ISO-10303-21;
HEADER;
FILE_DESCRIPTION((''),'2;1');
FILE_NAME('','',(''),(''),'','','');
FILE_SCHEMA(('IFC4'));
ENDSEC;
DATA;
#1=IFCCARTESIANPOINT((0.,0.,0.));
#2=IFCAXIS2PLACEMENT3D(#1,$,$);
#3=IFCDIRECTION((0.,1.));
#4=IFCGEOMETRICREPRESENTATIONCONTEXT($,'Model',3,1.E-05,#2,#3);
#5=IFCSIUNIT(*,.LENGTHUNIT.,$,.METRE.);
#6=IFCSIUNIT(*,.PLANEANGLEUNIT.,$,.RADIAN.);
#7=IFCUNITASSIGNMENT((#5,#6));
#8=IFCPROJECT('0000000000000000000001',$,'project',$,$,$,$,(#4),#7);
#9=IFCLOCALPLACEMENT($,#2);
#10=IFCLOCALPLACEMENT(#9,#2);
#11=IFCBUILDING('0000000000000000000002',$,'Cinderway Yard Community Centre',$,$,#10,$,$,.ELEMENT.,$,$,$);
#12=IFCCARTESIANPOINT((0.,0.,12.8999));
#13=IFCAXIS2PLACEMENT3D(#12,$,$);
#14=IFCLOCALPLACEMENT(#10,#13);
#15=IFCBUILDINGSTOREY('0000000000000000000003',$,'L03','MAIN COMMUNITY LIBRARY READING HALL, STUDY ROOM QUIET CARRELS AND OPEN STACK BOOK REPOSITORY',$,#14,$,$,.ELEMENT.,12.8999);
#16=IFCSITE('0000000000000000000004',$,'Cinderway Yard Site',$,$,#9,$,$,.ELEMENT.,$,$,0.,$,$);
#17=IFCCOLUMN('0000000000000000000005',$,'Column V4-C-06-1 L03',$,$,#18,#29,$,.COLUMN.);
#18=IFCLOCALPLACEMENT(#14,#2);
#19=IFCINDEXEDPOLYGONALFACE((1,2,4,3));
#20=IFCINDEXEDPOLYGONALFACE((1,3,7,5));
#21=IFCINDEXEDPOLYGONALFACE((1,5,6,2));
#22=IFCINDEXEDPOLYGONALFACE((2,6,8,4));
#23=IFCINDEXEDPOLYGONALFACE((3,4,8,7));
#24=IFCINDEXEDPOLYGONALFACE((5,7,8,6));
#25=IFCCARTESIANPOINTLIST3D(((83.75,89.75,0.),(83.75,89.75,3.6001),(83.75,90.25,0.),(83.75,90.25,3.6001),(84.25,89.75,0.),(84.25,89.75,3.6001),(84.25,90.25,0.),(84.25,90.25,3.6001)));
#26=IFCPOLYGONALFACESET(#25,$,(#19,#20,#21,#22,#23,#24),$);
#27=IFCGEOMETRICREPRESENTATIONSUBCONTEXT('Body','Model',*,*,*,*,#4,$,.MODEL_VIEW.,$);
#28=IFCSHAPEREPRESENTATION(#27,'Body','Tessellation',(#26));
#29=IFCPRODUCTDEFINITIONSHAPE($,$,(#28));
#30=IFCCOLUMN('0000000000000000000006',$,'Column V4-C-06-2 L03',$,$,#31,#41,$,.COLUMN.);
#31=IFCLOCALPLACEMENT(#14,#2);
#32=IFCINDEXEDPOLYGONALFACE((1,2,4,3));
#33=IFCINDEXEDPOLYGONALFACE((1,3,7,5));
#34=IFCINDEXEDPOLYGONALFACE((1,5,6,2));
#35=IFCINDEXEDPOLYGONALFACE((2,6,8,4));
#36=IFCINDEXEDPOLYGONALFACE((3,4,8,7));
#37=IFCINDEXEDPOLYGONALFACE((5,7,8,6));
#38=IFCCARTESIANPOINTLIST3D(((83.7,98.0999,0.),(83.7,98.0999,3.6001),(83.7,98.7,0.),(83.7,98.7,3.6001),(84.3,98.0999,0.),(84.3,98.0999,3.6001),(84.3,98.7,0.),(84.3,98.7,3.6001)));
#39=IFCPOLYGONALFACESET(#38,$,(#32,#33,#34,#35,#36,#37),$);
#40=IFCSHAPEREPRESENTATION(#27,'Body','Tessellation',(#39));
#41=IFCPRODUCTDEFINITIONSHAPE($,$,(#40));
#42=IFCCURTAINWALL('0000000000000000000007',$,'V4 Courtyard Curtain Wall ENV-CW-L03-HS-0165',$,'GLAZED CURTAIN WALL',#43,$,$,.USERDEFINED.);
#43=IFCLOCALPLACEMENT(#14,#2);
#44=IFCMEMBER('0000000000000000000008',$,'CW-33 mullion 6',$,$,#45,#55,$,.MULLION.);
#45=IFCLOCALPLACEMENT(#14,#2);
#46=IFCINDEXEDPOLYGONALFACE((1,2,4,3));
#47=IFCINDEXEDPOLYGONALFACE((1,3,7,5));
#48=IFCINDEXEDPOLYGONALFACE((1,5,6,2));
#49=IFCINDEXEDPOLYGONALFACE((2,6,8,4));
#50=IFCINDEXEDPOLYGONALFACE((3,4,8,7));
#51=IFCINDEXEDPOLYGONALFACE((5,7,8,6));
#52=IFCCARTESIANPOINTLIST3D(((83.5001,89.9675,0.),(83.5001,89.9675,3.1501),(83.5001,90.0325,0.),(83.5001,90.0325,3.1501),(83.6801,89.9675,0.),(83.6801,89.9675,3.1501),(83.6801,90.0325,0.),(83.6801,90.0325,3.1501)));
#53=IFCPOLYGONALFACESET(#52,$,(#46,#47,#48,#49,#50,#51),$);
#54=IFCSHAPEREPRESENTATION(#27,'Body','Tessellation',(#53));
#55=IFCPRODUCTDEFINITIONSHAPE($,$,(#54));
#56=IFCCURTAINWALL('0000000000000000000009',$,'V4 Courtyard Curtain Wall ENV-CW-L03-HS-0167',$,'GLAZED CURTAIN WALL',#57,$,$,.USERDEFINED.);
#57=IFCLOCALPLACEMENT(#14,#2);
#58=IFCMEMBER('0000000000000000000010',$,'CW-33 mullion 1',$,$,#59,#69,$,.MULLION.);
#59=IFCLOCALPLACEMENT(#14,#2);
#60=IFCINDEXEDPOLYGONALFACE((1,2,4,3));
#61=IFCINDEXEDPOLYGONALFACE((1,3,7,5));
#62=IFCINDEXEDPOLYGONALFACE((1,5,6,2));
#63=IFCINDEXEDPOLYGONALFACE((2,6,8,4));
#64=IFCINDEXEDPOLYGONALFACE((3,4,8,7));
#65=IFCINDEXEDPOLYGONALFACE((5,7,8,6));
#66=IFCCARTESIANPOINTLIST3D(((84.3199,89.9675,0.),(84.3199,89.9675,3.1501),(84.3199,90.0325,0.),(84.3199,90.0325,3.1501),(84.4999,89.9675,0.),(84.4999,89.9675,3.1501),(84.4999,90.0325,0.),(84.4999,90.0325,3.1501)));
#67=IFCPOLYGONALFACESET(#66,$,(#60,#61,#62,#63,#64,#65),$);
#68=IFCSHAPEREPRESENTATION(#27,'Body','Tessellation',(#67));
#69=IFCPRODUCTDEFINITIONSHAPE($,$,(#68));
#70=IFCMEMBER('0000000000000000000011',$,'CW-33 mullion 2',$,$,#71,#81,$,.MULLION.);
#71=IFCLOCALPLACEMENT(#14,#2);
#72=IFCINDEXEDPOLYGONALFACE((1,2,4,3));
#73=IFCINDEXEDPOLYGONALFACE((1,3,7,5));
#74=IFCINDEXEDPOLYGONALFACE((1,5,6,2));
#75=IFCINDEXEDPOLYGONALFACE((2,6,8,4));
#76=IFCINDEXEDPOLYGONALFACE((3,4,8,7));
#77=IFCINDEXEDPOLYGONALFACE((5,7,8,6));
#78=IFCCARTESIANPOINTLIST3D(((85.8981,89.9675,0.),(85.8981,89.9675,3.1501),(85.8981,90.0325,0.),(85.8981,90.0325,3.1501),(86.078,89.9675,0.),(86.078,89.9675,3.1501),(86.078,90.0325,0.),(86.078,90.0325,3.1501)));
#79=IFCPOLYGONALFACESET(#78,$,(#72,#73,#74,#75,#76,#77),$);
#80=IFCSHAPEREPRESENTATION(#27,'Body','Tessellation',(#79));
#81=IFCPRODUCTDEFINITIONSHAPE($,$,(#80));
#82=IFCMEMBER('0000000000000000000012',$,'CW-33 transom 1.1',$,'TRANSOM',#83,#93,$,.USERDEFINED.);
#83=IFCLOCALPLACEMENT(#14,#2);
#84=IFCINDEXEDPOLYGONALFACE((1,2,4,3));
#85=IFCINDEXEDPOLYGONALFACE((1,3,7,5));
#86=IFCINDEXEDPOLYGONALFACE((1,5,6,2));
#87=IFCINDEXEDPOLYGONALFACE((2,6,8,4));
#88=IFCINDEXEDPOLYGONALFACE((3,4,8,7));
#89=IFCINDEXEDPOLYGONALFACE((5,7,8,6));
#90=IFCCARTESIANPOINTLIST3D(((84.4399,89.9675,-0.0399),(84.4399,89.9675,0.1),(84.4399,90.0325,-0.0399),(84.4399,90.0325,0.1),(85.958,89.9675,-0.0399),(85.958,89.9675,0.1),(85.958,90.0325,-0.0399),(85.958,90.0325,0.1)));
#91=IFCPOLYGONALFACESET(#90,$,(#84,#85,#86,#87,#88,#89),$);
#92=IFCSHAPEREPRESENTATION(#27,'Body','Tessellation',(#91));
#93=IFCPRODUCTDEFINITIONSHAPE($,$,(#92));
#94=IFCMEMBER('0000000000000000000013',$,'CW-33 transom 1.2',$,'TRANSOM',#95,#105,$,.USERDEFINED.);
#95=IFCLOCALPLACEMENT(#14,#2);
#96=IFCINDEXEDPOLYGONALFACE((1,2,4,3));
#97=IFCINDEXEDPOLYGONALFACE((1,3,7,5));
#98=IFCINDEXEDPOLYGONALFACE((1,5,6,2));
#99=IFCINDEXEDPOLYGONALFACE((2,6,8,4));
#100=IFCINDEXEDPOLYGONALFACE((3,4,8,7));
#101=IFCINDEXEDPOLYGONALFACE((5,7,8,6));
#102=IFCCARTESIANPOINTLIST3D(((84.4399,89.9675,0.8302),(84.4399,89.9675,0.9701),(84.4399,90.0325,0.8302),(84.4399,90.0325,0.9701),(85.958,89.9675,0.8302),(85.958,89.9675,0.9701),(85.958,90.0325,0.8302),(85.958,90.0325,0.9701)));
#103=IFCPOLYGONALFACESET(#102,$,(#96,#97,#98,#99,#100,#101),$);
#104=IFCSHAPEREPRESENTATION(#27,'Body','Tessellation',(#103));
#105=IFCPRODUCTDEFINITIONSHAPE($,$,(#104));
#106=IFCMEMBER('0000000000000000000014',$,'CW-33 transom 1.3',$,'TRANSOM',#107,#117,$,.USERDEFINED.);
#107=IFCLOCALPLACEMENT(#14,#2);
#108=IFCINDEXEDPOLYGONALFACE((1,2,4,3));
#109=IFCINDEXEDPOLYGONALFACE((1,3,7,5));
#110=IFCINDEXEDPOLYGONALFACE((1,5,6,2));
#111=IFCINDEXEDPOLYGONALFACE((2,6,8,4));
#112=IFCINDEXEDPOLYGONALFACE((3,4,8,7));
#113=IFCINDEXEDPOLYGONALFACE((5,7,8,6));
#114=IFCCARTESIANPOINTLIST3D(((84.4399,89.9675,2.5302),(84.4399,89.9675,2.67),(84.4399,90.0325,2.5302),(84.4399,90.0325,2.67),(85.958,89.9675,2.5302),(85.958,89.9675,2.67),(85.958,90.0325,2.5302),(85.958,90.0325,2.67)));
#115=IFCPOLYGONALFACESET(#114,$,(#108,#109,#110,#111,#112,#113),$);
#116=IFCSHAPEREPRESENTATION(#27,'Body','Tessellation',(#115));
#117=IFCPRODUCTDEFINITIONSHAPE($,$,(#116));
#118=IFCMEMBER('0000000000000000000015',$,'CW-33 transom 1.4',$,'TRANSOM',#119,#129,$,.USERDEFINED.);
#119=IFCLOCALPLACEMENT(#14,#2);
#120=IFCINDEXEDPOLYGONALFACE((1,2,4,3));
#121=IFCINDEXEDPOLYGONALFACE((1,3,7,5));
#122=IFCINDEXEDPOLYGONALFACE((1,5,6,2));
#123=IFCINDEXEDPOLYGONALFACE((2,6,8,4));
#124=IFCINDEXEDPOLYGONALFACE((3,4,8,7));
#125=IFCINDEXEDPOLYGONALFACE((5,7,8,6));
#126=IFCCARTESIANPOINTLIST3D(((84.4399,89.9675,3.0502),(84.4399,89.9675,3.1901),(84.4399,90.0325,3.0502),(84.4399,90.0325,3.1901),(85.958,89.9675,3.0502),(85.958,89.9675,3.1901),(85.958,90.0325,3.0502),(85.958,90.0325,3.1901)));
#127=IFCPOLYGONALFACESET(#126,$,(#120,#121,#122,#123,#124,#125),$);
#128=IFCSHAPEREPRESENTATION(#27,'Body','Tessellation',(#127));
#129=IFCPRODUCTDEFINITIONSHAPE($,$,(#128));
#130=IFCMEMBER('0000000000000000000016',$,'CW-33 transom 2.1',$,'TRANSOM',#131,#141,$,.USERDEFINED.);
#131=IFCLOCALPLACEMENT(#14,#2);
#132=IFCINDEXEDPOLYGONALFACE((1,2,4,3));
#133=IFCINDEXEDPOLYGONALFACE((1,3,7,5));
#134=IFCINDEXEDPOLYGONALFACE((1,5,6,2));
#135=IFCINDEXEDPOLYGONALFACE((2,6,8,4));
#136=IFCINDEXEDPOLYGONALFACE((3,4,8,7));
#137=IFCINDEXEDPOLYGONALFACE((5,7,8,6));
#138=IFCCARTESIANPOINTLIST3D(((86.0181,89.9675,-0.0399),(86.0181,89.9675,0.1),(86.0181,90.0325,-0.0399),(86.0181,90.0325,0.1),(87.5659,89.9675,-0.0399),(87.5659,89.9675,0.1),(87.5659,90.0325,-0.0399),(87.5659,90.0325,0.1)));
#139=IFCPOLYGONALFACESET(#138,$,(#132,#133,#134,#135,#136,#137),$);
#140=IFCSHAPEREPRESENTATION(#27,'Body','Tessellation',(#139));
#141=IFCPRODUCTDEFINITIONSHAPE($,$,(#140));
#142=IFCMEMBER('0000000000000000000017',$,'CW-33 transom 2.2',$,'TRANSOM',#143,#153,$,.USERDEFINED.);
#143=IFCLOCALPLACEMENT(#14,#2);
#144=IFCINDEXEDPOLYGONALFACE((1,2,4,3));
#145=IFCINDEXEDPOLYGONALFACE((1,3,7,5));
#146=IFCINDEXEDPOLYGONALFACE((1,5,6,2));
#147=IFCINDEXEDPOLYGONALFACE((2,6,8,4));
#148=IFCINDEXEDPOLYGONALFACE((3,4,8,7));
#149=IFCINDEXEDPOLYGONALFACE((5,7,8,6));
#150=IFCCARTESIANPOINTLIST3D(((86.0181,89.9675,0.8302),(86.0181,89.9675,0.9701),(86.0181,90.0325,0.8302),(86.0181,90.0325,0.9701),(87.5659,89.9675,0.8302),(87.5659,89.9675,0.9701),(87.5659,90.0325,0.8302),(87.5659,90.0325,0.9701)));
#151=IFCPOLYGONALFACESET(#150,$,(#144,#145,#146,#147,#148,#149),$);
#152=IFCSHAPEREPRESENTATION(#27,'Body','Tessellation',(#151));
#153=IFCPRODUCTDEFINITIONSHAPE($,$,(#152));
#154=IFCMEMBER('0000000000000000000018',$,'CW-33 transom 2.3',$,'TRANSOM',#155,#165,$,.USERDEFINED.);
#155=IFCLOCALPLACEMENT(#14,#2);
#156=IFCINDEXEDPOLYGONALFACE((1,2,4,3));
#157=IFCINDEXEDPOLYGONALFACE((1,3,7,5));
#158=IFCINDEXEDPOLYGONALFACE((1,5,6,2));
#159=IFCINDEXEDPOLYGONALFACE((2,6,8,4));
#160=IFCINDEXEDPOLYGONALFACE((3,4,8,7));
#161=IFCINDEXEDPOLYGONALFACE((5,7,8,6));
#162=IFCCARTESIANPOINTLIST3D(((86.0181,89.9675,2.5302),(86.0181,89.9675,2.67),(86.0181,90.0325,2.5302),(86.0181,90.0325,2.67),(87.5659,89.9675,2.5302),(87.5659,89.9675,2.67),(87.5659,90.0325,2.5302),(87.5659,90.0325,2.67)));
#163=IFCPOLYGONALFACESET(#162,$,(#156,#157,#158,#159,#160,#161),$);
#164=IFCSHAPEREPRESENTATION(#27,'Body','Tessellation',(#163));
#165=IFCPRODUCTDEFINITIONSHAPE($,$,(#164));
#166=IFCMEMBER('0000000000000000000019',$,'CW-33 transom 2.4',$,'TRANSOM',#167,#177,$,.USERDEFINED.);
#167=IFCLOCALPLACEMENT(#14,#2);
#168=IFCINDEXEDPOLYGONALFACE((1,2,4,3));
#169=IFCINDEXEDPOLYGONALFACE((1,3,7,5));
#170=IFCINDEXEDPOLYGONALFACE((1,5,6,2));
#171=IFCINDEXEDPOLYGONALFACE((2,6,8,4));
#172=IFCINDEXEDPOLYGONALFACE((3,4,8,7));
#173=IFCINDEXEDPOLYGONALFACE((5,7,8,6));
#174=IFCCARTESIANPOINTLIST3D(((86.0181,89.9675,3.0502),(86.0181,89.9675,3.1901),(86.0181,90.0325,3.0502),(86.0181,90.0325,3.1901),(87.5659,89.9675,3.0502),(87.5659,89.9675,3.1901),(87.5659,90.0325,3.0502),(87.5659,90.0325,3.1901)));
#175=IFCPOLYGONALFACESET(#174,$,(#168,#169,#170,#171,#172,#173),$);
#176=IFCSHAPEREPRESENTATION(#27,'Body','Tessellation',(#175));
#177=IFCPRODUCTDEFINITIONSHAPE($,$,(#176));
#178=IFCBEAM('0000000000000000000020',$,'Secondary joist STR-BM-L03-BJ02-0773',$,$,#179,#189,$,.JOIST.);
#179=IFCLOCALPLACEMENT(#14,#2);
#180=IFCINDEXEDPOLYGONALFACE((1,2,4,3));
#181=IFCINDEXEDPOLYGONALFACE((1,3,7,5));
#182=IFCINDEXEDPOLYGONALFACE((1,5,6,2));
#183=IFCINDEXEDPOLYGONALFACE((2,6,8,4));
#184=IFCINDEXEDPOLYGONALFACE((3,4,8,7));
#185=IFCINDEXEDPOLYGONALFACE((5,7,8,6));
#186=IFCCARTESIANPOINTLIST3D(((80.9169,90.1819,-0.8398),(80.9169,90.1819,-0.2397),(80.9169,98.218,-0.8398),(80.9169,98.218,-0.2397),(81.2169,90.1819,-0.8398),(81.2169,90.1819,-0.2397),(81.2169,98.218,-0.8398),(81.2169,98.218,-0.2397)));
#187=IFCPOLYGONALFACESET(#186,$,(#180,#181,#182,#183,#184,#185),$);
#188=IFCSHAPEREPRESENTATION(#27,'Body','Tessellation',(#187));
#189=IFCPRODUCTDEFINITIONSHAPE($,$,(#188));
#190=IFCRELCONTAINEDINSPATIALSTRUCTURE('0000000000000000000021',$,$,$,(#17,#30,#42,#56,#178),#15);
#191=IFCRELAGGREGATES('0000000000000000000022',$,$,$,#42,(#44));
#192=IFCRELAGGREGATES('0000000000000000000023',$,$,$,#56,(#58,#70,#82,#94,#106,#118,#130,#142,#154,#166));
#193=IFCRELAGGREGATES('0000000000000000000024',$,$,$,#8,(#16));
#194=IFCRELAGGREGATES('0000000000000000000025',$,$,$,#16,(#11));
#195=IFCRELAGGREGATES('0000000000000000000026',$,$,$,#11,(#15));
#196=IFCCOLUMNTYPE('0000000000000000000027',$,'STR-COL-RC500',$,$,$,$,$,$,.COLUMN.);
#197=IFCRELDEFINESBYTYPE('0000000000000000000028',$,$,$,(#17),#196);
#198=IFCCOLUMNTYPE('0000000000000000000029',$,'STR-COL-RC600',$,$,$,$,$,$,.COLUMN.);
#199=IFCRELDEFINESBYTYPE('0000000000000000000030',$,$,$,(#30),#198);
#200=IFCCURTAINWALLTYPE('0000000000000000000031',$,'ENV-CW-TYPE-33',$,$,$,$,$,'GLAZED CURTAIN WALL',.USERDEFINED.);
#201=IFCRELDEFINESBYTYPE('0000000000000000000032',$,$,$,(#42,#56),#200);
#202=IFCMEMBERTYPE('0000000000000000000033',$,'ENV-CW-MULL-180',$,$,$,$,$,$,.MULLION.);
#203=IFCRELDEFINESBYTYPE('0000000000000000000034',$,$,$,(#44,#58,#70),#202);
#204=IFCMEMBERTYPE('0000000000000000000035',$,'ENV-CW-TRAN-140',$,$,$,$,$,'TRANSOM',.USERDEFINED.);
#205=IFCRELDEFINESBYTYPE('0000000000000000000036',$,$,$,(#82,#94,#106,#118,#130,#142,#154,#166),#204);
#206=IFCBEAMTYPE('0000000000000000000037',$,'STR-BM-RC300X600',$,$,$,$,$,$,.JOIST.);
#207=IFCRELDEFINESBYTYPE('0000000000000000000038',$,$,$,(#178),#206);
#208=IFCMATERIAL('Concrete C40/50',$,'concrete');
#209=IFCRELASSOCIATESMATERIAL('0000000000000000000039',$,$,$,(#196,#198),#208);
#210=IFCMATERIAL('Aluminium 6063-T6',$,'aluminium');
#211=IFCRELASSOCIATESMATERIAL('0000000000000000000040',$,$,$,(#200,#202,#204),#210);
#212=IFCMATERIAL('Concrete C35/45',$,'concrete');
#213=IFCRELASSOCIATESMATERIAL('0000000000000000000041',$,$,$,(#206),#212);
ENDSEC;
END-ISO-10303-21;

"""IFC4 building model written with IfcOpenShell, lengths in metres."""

from ifc_helpers import new_model, si_unit, direction, frame, origin, origin_2d, place, context, subcontext, project, spatial, rectangle, extrude, material, material_profile, profile_set, type_object, element, aggregate, save


model = new_model("IFC4")

# Units and contexts
model_context = context("Model", 3, precision=1e-05, world=origin(), true_north=direction((0.0, 1.0)))
body_context = subcontext(model_context, "Body", "Model", "MODEL_VIEW")
ifc_project = project(units=[si_unit("LENGTHUNIT", "METRE"), si_unit("PLANEANGLEUNIT", "RADIAN")], contexts=[model_context])

# Site, building, storey
site_placement = place(None, origin())
site = spatial("IfcSite", under=ifc_project, at=site_placement, Name="Cinderway Yard Site", CompositionType="ELEMENT", RefElevation=0.0)
building_placement = place(site_placement, origin())
building = spatial("IfcBuilding", under=site, at=building_placement, Name="Cinderway Yard Community Centre", CompositionType="ELEMENT")
storey_placement = place(building_placement, frame((0.0, 0.0, 12.8999)))
storey = spatial("IfcBuildingStorey", under=building, at=storey_placement, Name="L03", Description="MAIN COMMUNITY LIBRARY READING HALL, STUDY ROOM QUIET CARRELS AND OPEN STACK BOOK REPOSITORY", CompositionType="ELEMENT", Elevation=12.8999)

# Columns
ifc_material_1 = material(Name="Concrete C40/50", Category="concrete")
ifc_material_profile_1 = material_profile(ifc_material_1, rectangle(XDim=0.5, YDim=0.5, at=origin_2d()), Name="Concrete C40/50")
ifc_profile_set_1 = profile_set([ifc_material_profile_1], Name="Concrete C40/50")
column_type_1 = type_object("IfcColumnType", Name="STR-COL-RC500", PredefinedType="COLUMN", material=ifc_profile_set_1)
column_1_placement = place(storey_placement, frame((84.0, 90.0, 0.0), z_axis=(0.0, 0.0, 1.0), x_axis=(1.0, 0.0, 0.0)))
element("IfcColumn", 1, at=column_1_placement, inside=storey, type_object=column_type_1, Name="Column V4-C-06-1 L03", PredefinedType="COLUMN", context=body_context, shape_type="SweptSolid", body=[
    extrude(rectangle(XDim=0.5, YDim=0.5, at=origin_2d()), origin(), (0.0, 0.0, 1.0), 3.6001),
])
ifc_material_profile_2 = material_profile(ifc_material_1, rectangle(XDim=0.6001, YDim=0.6001, at=origin_2d()), Name="Concrete C40/50")
ifc_profile_set_2 = profile_set([ifc_material_profile_2], Name="Concrete C40/50")
column_type_2 = type_object("IfcColumnType", Name="STR-COL-RC600", PredefinedType="COLUMN", material=ifc_profile_set_2)
column_2_placement = place(storey_placement, frame((84.0, 98.3999, 0.0), z_axis=(0.0, 0.0, 1.0), x_axis=(1.0, 0.0, 0.0)))
element("IfcColumn", 2, at=column_2_placement, inside=storey, type_object=column_type_2, Name="Column V4-C-06-2 L03", PredefinedType="COLUMN", context=body_context, shape_type="SweptSolid", body=[
    extrude(rectangle(XDim=0.6001, YDim=0.6001, at=origin_2d()), origin(), (0.0, 0.0, 1.0), 3.6001),
])

# Curtain wall, member
ifc_material_2 = material(Name="Aluminium 6063-T6", Category="aluminium")
curtain_wall_type = type_object("IfcCurtainWallType", Name="ENV-CW-TYPE-33", ElementType="GLAZED CURTAIN WALL", PredefinedType="USERDEFINED", material=ifc_material_2)
curtain_wall_1_placement = place(storey_placement, origin())
curtain_wall_1 = element("IfcCurtainWall", 3, at=curtain_wall_1_placement, inside=storey, type_object=curtain_wall_type, Name="V4 Courtyard Curtain Wall ENV-CW-L03-HS-0165", ObjectType="GLAZED CURTAIN WALL", PredefinedType="USERDEFINED")
ifc_material_profile_3 = material_profile(ifc_material_2, rectangle(XDim=0.0649, YDim=0.1799, at=origin_2d()), Name="Aluminium 6063-T6")
ifc_profile_set_3 = profile_set([ifc_material_profile_3], Name="Aluminium 6063-T6")
member_type_1 = type_object("IfcMemberType", Name="ENV-CW-MULL-180", PredefinedType="MULLION", material=ifc_profile_set_3)
member_1_placement = place(storey_placement, frame((83.5901, 90.0, 0.0), z_axis=(0.0, 0.0, 1.0), x_axis=(0.0, 1.0, 0.0)))
member_1 = element("IfcMember", 4, at=member_1_placement, type_object=member_type_1, Name="CW-33 mullion 6", PredefinedType="MULLION", context=body_context, shape_type="SweptSolid", body=[
    extrude(rectangle(XDim=0.0649, YDim=0.1799, at=origin_2d()), origin(), (0.0, 0.0, 1.0), 3.1501),
])
aggregate(curtain_wall_1, [member_1])

# Curtain wall, members
curtain_wall_2_placement = place(storey_placement, origin())
curtain_wall_2 = element("IfcCurtainWall", 5, at=curtain_wall_2_placement, inside=storey, type_object=curtain_wall_type, Name="V4 Courtyard Curtain Wall ENV-CW-L03-HS-0167", ObjectType="GLAZED CURTAIN WALL", PredefinedType="USERDEFINED")
member_2_placement = place(storey_placement, frame((84.4099, 90.0, 0.0), z_axis=(0.0, 0.0, 1.0), x_axis=(0.0, 1.0, 0.0)))
member_2 = element("IfcMember", 6, at=member_2_placement, type_object=member_type_1, Name="CW-33 mullion 1", PredefinedType="MULLION", context=body_context, shape_type="SweptSolid", body=[
    extrude(rectangle(XDim=0.0649, YDim=0.1799, at=origin_2d()), origin(), (0.0, 0.0, 1.0), 3.1501),
])
member_3_placement = place(storey_placement, frame((85.988, 90.0, 0.0), z_axis=(0.0, 0.0, 1.0), x_axis=(0.0, 1.0, 0.0)))
member_3 = element("IfcMember", 7, at=member_3_placement, type_object=member_type_1, Name="CW-33 mullion 2", PredefinedType="MULLION", context=body_context, shape_type="SweptSolid", body=[
    extrude(rectangle(XDim=0.0649, YDim=0.1799, at=origin_2d()), origin(), (0.0, 0.0, 1.0), 3.1501),
])
ifc_material_profile_4 = material_profile(ifc_material_2, rectangle(XDim=0.0649, YDim=0.1399, at=origin_2d()), Name="Aluminium 6063-T6")
ifc_profile_set_4 = profile_set([ifc_material_profile_4], Name="Aluminium 6063-T6")
member_type_2 = type_object("IfcMemberType", Name="ENV-CW-TRAN-140", ElementType="TRANSOM", PredefinedType="USERDEFINED", material=ifc_profile_set_4)
member_4_placement = place(storey_placement, frame((84.4399, 90.0, 0.03), z_axis=(1.0, 0.0, 0.0), x_axis=(0.0, 1.0, 0.0)))
member_4 = element("IfcMember", 8, at=member_4_placement, type_object=member_type_2, Name="CW-33 transom 1.1", ObjectType="TRANSOM", PredefinedType="USERDEFINED", context=body_context, shape_type="SweptSolid", body=[
    extrude(rectangle(XDim=0.0649, YDim=0.1399, at=origin_2d()), origin(), (0.0, 0.0, 1.0), 1.5181),
])
member_5_placement = place(storey_placement, frame((84.4399, 90.0, 0.9001), z_axis=(1.0, 0.0, 0.0), x_axis=(0.0, 1.0, 0.0)))
member_5 = element("IfcMember", 9, at=member_5_placement, type_object=member_type_2, Name="CW-33 transom 1.2", ObjectType="TRANSOM", PredefinedType="USERDEFINED", context=body_context, shape_type="SweptSolid", body=[
    extrude(rectangle(XDim=0.0649, YDim=0.1399, at=origin_2d()), origin(), (0.0, 0.0, 1.0), 1.5181),
])
member_6_placement = place(storey_placement, frame((84.4399, 90.0, 2.6001), z_axis=(1.0, 0.0, 0.0), x_axis=(0.0, 1.0, 0.0)))
member_6 = element("IfcMember", 10, at=member_6_placement, type_object=member_type_2, Name="CW-33 transom 1.3", ObjectType="TRANSOM", PredefinedType="USERDEFINED", context=body_context, shape_type="SweptSolid", body=[
    extrude(rectangle(XDim=0.0649, YDim=0.1399, at=origin_2d()), origin(), (0.0, 0.0, 1.0), 1.5181),
])
member_7_placement = place(storey_placement, frame((84.4399, 90.0, 3.1201), z_axis=(1.0, 0.0, 0.0), x_axis=(0.0, 1.0, 0.0)))
member_7 = element("IfcMember", 11, at=member_7_placement, type_object=member_type_2, Name="CW-33 transom 1.4", ObjectType="TRANSOM", PredefinedType="USERDEFINED", context=body_context, shape_type="SweptSolid", body=[
    extrude(rectangle(XDim=0.0649, YDim=0.1399, at=origin_2d()), origin(), (0.0, 0.0, 1.0), 1.5181),
])
member_8_placement = place(storey_placement, frame((86.0181, 90.0, 0.03), z_axis=(1.0, 0.0, 0.0), x_axis=(0.0, 1.0, 0.0)))
member_8 = element("IfcMember", 12, at=member_8_placement, type_object=member_type_2, Name="CW-33 transom 2.1", ObjectType="TRANSOM", PredefinedType="USERDEFINED", context=body_context, shape_type="SweptSolid", body=[
    extrude(rectangle(XDim=0.0649, YDim=0.1399, at=origin_2d()), origin(), (0.0, 0.0, 1.0), 1.5479),
])
member_9_placement = place(storey_placement, frame((86.0181, 90.0, 0.9001), z_axis=(1.0, 0.0, 0.0), x_axis=(0.0, 1.0, 0.0)))
member_9 = element("IfcMember", 13, at=member_9_placement, type_object=member_type_2, Name="CW-33 transom 2.2", ObjectType="TRANSOM", PredefinedType="USERDEFINED", context=body_context, shape_type="SweptSolid", body=[
    extrude(rectangle(XDim=0.0649, YDim=0.1399, at=origin_2d()), origin(), (0.0, 0.0, 1.0), 1.5479),
])
member_10_placement = place(storey_placement, frame((86.0181, 90.0, 2.6001), z_axis=(1.0, 0.0, 0.0), x_axis=(0.0, 1.0, 0.0)))
member_10 = element("IfcMember", 14, at=member_10_placement, type_object=member_type_2, Name="CW-33 transom 2.3", ObjectType="TRANSOM", PredefinedType="USERDEFINED", context=body_context, shape_type="SweptSolid", body=[
    extrude(rectangle(XDim=0.0649, YDim=0.1399, at=origin_2d()), origin(), (0.0, 0.0, 1.0), 1.5479),
])
member_11_placement = place(storey_placement, frame((86.0181, 90.0, 3.1201), z_axis=(1.0, 0.0, 0.0), x_axis=(0.0, 1.0, 0.0)))
member_11 = element("IfcMember", 15, at=member_11_placement, type_object=member_type_2, Name="CW-33 transom 2.4", ObjectType="TRANSOM", PredefinedType="USERDEFINED", context=body_context, shape_type="SweptSolid", body=[
    extrude(rectangle(XDim=0.0649, YDim=0.1399, at=origin_2d()), origin(), (0.0, 0.0, 1.0), 1.5479),
])

# Beam
ifc_material_3 = material(Name="Concrete C35/45", Category="concrete")
ifc_material_profile_5 = material_profile(ifc_material_3, rectangle(XDim=0.3, YDim=0.6001, at=origin_2d()), Name="Concrete C35/45")
ifc_profile_set_5 = profile_set([ifc_material_profile_5], Name="Concrete C35/45")
beam_type_1 = type_object("IfcBeamType", Name="STR-BM-RC300X600", PredefinedType="JOIST", material=ifc_profile_set_5)
beam_1_placement = place(storey_placement, frame((81.0669, 90.1819, -0.5398), z_axis=(0.0, 1.0, 0.0), x_axis=(-1.0, 0.0, 0.0)))
element("IfcBeam", 16, at=beam_1_placement, inside=storey, type_object=beam_type_1, Name="Secondary joist STR-BM-L03-BJ02-0773", PredefinedType="JOIST", context=body_context, shape_type="SweptSolid", body=[
    extrude(rectangle(XDim=0.3, YDim=0.6001, at=origin_2d()), origin(), (0.0, 0.0, 1.0), 8.0361),
])

aggregate(curtain_wall_2, [member_2, member_3, member_4, member_5, member_6, member_7, member_8, member_9, member_10, member_11])

save(model, "model.ifc")
